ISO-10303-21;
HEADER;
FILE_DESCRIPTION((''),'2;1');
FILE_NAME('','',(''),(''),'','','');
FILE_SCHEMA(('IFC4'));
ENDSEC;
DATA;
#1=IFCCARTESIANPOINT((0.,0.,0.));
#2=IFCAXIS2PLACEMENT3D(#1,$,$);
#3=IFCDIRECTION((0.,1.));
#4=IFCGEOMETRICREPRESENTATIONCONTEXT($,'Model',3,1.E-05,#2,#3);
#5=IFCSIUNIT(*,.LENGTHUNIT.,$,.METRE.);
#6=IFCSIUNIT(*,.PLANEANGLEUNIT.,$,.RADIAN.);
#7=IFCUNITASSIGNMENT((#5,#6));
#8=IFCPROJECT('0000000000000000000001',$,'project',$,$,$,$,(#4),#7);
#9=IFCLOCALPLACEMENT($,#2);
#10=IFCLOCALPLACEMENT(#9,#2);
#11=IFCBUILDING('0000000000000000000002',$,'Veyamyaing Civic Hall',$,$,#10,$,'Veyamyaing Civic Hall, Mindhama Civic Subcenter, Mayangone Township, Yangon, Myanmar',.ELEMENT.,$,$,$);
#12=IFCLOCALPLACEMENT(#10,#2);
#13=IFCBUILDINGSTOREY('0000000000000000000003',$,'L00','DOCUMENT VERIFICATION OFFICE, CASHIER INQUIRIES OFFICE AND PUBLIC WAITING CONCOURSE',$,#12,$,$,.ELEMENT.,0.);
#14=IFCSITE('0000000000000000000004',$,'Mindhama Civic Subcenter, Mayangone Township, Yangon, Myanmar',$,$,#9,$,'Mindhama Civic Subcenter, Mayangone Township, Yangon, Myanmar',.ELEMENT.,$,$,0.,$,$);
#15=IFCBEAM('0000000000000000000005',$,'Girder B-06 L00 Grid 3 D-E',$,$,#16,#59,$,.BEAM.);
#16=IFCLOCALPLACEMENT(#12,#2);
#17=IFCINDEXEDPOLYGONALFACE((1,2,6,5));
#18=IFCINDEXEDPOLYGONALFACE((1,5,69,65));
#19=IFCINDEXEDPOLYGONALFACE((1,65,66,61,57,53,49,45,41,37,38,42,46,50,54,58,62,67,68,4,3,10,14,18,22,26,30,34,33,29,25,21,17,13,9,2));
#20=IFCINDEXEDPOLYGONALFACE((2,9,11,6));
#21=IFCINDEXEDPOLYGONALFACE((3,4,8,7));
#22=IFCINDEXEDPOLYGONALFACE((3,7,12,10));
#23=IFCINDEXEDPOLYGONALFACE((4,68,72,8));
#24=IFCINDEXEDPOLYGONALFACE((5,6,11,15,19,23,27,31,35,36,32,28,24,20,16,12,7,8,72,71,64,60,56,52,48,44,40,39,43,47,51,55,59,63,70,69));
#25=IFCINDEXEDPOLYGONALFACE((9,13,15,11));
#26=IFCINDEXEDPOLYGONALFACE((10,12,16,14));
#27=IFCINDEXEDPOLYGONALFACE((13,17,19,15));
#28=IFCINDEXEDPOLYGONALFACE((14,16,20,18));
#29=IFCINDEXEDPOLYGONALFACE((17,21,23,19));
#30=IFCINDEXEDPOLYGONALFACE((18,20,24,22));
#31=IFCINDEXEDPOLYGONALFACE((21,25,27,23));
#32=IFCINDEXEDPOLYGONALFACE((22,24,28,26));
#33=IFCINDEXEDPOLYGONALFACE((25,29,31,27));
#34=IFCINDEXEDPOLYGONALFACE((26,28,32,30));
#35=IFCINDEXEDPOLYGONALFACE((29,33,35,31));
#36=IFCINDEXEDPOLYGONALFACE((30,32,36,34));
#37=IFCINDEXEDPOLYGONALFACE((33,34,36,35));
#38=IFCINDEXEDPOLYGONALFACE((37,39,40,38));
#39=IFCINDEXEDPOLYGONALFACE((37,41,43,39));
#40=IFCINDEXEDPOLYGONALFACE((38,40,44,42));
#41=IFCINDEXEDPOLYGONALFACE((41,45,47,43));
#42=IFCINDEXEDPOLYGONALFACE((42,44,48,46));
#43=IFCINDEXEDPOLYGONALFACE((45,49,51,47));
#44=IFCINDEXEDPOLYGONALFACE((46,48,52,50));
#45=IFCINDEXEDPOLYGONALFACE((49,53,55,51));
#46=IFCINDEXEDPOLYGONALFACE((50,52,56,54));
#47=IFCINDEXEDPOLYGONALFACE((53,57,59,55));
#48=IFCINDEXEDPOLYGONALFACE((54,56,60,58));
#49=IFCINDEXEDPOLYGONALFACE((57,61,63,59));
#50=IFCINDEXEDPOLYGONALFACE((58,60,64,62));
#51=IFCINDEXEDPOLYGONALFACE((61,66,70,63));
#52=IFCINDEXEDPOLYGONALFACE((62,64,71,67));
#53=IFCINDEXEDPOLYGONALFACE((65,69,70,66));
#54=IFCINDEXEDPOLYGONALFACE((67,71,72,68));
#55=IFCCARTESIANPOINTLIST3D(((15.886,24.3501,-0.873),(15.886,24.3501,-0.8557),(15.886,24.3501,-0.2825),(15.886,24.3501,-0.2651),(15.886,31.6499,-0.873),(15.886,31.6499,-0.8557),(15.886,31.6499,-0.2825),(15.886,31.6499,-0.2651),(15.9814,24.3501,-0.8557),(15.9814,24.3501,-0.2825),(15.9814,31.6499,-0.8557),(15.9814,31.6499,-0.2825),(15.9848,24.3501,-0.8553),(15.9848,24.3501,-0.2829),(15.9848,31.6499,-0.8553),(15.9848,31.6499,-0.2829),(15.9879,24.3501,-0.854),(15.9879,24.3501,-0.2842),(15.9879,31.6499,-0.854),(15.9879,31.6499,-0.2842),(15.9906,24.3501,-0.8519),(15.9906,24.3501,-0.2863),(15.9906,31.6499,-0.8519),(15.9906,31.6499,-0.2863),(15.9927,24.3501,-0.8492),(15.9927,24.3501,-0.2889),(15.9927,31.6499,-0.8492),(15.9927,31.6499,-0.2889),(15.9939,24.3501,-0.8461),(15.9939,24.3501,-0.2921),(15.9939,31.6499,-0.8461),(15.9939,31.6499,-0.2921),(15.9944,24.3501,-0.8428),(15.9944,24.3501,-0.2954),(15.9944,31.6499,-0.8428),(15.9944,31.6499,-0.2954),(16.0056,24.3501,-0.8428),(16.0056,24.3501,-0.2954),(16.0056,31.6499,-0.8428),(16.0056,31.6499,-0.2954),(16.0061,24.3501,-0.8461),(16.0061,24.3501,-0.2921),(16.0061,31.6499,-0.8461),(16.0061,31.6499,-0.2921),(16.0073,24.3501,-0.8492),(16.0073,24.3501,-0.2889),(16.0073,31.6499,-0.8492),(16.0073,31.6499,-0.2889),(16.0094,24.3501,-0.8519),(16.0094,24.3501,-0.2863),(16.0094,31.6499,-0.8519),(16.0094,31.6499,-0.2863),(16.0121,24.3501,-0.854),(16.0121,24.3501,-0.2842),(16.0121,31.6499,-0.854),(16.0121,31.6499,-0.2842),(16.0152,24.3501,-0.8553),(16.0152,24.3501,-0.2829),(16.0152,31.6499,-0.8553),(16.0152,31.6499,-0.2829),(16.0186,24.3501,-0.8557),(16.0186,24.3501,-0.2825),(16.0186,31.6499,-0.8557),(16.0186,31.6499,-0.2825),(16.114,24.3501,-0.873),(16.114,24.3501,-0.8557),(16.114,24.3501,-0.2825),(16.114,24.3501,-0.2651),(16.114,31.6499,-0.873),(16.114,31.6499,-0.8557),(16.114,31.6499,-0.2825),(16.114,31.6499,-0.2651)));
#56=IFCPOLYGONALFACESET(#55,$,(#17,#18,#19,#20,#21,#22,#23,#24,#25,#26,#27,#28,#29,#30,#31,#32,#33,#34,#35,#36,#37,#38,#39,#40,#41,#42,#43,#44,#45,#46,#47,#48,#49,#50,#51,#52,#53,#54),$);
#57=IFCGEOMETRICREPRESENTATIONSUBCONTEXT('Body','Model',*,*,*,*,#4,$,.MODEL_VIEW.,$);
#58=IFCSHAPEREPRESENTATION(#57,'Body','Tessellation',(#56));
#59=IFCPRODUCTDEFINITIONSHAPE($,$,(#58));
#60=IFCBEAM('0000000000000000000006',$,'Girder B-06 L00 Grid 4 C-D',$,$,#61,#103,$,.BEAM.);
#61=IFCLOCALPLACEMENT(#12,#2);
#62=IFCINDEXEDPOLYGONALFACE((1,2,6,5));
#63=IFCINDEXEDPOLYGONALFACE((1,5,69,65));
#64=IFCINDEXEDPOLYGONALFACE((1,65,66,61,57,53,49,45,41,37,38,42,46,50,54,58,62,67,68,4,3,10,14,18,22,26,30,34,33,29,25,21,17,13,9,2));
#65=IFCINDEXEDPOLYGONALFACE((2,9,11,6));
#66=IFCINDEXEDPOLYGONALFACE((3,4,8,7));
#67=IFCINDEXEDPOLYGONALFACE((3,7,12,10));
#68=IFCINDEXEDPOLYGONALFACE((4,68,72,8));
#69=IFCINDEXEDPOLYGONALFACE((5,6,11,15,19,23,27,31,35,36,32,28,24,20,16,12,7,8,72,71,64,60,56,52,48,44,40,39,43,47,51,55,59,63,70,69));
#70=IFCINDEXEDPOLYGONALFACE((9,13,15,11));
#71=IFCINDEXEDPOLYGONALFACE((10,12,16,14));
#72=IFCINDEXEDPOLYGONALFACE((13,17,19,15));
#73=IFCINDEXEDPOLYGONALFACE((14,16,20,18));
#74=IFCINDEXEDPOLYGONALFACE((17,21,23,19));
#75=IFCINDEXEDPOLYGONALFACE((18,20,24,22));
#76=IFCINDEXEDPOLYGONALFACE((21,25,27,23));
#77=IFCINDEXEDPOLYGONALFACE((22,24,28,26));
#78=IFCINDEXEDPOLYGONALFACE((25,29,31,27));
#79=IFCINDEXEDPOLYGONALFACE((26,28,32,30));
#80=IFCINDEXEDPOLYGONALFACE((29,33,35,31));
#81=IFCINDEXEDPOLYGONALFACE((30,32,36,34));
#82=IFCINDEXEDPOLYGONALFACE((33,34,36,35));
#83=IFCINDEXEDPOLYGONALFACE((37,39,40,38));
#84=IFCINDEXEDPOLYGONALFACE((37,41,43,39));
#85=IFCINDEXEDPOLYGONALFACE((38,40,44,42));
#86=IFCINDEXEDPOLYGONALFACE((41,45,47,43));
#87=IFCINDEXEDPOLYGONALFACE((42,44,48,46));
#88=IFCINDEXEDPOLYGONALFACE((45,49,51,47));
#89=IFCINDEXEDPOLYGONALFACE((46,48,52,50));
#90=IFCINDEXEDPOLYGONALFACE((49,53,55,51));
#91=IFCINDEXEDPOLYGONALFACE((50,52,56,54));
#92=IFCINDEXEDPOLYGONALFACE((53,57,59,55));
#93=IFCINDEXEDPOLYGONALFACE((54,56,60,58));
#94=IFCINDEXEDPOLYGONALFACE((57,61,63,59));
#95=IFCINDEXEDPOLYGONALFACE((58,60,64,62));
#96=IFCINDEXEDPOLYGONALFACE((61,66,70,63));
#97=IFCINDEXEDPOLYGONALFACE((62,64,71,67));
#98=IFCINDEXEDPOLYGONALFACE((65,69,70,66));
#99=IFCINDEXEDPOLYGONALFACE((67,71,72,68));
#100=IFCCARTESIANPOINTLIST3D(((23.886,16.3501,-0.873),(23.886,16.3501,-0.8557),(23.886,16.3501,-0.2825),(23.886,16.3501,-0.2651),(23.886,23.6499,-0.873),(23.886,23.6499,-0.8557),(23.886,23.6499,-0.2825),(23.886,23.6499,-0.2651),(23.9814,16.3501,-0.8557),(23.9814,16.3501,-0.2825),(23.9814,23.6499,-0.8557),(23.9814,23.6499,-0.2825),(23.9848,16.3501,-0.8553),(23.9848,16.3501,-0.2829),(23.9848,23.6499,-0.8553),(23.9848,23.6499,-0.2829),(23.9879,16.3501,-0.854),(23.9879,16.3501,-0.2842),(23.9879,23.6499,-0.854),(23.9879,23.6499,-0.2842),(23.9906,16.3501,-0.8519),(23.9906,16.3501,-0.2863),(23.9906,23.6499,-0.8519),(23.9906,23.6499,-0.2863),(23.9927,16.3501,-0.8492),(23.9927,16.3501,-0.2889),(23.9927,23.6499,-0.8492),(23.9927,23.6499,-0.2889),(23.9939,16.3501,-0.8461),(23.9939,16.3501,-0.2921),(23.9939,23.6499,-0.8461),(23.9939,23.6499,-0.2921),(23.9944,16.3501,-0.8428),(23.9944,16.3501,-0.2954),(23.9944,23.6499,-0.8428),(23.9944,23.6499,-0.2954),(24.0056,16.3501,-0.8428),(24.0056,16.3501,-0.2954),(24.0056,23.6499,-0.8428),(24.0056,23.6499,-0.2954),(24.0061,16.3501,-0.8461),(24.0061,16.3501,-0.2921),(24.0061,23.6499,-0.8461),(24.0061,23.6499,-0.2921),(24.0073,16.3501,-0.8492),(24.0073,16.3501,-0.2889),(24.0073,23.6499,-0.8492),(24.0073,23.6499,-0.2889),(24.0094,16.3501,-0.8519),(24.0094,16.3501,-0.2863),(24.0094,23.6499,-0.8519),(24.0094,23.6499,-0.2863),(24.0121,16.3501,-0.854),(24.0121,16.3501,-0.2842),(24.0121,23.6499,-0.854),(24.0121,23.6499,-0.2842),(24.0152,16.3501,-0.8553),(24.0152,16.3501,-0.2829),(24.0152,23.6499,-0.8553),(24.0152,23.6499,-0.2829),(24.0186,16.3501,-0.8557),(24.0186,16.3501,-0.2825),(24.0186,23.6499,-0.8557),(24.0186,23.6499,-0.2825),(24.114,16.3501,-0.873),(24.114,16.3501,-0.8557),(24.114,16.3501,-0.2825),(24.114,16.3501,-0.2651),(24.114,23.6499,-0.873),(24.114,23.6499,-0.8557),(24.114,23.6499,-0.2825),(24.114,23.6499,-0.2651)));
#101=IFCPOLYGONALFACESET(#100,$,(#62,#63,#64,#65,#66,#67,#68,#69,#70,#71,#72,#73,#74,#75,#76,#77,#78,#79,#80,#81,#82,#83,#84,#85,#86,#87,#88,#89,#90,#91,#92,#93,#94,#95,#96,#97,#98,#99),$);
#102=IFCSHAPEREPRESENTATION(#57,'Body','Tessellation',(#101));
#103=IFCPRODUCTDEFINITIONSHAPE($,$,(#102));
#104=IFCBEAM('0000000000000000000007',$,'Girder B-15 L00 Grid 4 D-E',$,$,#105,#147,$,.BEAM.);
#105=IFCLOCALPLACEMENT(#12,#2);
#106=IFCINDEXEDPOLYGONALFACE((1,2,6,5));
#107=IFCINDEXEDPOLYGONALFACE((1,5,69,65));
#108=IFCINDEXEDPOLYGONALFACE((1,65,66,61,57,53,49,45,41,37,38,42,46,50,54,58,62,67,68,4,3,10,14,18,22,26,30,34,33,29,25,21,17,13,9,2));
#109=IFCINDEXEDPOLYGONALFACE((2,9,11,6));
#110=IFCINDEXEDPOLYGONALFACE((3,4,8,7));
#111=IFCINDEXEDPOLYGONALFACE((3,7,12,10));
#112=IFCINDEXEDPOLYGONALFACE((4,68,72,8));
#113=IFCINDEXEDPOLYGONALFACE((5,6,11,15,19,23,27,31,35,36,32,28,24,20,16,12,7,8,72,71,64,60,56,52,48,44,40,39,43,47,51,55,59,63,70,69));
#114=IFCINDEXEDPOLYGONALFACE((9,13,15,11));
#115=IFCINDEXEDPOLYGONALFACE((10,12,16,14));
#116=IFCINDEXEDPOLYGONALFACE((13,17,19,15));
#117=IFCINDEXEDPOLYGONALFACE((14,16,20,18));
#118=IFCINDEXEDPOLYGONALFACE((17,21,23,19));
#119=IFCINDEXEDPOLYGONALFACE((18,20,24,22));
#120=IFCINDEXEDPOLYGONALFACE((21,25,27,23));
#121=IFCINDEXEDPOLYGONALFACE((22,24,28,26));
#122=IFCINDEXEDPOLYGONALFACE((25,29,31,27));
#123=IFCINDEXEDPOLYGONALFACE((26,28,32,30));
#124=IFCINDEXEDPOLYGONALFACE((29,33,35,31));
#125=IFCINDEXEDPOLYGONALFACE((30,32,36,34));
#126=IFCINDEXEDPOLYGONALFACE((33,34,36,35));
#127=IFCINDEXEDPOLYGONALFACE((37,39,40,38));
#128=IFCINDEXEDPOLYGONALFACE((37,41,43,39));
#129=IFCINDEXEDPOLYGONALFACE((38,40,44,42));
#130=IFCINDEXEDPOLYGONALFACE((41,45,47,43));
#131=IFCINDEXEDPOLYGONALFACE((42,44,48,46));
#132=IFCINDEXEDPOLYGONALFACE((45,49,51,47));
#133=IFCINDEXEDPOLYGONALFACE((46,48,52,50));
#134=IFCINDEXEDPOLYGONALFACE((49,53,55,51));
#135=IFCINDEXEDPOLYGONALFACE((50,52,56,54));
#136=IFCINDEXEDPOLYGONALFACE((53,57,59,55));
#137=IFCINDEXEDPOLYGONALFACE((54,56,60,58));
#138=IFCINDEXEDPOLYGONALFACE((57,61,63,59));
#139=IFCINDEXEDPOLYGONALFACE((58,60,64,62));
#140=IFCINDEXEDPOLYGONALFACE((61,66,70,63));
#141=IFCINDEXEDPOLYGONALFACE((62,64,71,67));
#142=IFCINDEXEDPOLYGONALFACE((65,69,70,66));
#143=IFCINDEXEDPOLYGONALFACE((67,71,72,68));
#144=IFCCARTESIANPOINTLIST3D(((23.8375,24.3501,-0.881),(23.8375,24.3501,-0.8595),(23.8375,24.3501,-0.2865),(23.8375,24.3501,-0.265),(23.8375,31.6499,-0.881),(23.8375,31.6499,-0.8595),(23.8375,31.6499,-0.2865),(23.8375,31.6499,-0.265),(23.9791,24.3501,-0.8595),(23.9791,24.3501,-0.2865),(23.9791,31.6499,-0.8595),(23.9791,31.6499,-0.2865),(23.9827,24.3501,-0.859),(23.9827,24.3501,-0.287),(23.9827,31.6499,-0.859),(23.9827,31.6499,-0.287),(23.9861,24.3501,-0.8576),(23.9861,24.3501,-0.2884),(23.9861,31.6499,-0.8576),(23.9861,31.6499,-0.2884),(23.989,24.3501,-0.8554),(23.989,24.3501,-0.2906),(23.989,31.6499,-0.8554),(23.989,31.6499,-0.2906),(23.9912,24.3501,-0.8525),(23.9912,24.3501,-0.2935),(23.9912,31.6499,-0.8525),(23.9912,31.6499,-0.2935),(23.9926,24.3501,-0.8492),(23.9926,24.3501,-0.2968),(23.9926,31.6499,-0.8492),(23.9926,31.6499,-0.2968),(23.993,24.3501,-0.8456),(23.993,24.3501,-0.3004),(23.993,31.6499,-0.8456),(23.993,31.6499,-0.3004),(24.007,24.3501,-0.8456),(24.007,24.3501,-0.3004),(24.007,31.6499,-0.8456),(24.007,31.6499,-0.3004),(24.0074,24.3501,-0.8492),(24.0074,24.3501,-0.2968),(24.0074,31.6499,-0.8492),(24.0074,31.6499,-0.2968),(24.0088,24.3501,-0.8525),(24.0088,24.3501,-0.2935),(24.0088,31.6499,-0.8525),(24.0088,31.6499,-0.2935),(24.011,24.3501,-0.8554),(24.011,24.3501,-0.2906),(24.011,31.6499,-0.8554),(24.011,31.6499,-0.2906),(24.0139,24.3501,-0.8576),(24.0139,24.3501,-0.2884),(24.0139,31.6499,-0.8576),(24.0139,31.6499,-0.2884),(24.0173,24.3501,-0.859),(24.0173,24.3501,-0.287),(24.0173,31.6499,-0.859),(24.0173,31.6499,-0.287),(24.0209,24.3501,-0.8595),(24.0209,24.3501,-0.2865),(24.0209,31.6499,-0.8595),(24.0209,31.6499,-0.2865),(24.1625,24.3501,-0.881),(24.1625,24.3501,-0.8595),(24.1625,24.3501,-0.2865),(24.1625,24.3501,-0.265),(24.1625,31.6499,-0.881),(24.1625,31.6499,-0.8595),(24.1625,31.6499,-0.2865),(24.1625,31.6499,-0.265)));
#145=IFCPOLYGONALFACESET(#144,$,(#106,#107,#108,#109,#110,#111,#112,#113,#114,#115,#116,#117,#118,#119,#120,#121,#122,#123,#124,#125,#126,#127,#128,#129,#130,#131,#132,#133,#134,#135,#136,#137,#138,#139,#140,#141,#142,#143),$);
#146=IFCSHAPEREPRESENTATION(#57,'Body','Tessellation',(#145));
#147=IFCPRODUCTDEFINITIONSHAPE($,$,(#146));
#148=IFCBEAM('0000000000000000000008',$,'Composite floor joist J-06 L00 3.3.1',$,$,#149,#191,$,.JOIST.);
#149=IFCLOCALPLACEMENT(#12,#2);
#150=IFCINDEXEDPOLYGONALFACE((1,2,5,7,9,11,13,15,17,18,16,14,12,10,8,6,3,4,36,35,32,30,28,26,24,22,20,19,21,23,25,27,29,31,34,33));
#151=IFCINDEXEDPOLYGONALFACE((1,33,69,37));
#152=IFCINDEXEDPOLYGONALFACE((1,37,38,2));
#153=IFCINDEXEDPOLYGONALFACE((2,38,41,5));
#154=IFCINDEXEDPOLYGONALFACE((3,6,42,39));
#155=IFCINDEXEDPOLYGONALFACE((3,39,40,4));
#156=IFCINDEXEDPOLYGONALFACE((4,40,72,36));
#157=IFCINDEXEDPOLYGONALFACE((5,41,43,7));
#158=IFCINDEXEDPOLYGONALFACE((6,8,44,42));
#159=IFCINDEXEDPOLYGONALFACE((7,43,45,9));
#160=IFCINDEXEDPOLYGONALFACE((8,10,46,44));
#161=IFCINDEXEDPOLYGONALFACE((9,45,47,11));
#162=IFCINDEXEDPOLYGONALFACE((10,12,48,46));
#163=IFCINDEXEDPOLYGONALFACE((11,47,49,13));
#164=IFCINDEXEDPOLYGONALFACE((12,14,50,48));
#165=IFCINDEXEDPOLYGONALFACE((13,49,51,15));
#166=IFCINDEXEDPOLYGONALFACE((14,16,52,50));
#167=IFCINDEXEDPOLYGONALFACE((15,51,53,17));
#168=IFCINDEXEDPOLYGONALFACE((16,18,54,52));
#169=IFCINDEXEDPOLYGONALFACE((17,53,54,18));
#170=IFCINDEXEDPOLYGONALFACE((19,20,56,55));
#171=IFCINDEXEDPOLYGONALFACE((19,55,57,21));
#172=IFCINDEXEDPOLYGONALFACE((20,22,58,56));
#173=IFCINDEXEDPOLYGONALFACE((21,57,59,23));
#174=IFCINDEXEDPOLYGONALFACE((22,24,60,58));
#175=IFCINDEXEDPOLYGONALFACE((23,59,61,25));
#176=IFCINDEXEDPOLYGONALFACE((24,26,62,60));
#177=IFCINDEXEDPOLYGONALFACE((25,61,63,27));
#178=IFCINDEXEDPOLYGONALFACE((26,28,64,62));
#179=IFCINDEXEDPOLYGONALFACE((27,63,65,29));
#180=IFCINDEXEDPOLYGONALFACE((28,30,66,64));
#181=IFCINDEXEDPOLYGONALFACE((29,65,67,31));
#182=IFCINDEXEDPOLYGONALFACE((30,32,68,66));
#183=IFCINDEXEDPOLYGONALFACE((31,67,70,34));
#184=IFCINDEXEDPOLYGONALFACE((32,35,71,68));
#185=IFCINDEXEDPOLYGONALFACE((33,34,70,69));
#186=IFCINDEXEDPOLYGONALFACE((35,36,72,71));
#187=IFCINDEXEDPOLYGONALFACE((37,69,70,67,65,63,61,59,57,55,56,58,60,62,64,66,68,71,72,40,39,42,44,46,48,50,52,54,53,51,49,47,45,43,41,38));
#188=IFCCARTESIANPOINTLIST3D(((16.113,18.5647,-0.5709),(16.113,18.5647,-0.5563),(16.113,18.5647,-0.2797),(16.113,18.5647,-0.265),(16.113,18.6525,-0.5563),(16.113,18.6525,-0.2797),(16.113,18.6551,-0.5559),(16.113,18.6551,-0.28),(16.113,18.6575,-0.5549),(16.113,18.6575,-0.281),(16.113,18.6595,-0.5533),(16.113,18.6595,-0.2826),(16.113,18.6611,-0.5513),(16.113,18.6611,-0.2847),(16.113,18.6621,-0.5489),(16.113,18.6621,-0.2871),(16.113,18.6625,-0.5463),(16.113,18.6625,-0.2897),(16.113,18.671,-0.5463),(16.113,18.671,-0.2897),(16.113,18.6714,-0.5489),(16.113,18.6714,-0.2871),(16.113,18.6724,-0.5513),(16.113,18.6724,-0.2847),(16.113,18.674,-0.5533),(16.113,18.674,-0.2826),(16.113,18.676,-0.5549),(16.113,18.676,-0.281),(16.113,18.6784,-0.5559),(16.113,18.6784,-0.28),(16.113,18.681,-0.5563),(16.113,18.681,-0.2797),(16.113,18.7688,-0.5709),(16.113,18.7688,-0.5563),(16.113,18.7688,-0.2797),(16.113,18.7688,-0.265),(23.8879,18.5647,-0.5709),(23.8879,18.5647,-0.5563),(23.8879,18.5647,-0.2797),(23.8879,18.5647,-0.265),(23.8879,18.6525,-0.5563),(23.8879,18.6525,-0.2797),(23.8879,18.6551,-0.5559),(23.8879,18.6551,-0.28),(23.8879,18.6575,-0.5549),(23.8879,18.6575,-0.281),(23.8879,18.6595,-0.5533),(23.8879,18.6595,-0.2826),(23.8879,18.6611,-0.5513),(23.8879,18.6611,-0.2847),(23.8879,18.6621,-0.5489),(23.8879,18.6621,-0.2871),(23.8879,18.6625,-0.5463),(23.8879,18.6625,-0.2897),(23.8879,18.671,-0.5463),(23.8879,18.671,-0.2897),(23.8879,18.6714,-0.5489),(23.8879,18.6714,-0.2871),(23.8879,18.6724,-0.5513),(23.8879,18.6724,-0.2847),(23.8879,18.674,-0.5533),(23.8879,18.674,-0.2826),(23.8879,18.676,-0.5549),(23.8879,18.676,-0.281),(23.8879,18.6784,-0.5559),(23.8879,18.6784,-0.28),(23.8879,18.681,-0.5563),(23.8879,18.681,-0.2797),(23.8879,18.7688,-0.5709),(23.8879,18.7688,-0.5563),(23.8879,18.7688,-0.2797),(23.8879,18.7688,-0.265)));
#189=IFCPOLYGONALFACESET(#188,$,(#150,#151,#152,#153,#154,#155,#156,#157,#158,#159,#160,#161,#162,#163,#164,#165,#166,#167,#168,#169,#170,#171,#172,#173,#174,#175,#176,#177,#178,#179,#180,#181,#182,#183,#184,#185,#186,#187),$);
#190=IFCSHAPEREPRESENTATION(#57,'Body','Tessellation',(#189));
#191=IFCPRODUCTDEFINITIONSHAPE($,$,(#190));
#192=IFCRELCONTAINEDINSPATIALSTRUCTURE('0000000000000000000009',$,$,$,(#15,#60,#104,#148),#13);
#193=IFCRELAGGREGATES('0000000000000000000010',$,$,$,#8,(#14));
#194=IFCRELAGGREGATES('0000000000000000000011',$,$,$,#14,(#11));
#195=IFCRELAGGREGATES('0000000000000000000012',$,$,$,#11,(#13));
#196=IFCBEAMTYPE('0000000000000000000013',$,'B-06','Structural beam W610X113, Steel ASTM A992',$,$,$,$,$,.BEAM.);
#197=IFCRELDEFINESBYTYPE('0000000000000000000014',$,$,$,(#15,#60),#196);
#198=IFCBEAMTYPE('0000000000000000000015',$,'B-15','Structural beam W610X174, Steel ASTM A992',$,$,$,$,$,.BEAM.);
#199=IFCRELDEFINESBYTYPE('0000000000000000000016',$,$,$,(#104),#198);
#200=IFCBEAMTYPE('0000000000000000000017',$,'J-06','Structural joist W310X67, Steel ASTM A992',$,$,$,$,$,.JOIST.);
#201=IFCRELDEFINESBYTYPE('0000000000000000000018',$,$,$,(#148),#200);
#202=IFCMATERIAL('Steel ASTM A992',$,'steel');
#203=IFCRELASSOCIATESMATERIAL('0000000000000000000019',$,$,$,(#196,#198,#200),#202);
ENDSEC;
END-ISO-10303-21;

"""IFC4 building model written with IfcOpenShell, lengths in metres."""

from ifc_helpers import new_model, si_unit, direction, frame, origin, origin_2d, place, context, subcontext, project, spatial, i_section, extrude, material, material_profile, profile_set, type_object, element, save


model = new_model("IFC4")

# Units and contexts
model_context = context("Model", 3, precision=1e-05, world=origin(), true_north=direction((0.0, 1.0)))
body_context = subcontext(model_context, "Body", "Model", "MODEL_VIEW")
ifc_project = project(units=[si_unit("LENGTHUNIT", "METRE"), si_unit("PLANEANGLEUNIT", "RADIAN")], contexts=[model_context])

# Site, building, storey
site_placement = place(None, origin())
site = spatial("IfcSite", under=ifc_project, at=site_placement, Name="Mindhama Civic Subcenter, Mayangone Township, Yangon, Myanmar", LongName="Mindhama Civic Subcenter, Mayangone Township, Yangon, Myanmar", CompositionType="ELEMENT", RefElevation=0.0)
building_placement = place(site_placement, origin())
building = spatial("IfcBuilding", under=site, at=building_placement, Name="Veyamyaing Civic Hall", LongName="Veyamyaing Civic Hall, Mindhama Civic Subcenter, Mayangone Township, Yangon, Myanmar", CompositionType="ELEMENT")
storey_placement = place(building_placement, origin())
storey = spatial("IfcBuildingStorey", under=building, at=storey_placement, Name="L00", Description="DOCUMENT VERIFICATION OFFICE, CASHIER INQUIRIES OFFICE AND PUBLIC WAITING CONCOURSE", CompositionType="ELEMENT", Elevation=0.0)

# Beams
ifc_material_1 = material(Name="Steel ASTM A992", Category="steel")
ifc_material_profile_1 = material_profile(ifc_material_1, i_section(OverallWidth=0.228, OverallDepth=0.6079, WebThickness=0.0112, FlangeThickness=0.0173, FilletRadius=0.0129, at=origin_2d()), Name="W610X113")
ifc_profile_set_1 = profile_set([ifc_material_profile_1], Name="Steel ASTM A992")
beam_type_1 = type_object("IfcBeamType", Name="B-06", Description="Structural beam W610X113, Steel ASTM A992", PredefinedType="BEAM", material=ifc_profile_set_1)
for number, where, z_axis, x_axis, name in (
    (1, (16.0, 24.3501, -0.5691), (0.0, 1.0, 0.0), (-1.0, 0.0, 0.0), "Girder B-06 L00 Grid 3 D-E"),
    (2, (24.0, 16.3501, -0.5691), (0.0, 1.0, 0.0), (-1.0, 0.0, 0.0), "Girder B-06 L00 Grid 4 C-D"),
):
    element("IfcBeam", number, at=place(storey_placement, frame(where, z_axis=z_axis, x_axis=x_axis)), inside=storey, type_object=beam_type_1, Name=name, PredefinedType="BEAM", context=body_context, shape_type="SweptSolid", body=[
        extrude(i_section(OverallWidth=0.228, OverallDepth=0.6079, WebThickness=0.0112, FlangeThickness=0.0173, FilletRadius=0.0129, at=origin_2d()), origin(), (0.0, 0.0, 1.0), 7.2998),
    ])
ifc_material_profile_2 = material_profile(ifc_material_1, i_section(OverallWidth=0.325, OverallDepth=0.616, WebThickness=0.0139, FlangeThickness=0.0215, FilletRadius=0.0139, at=origin_2d()), Name="W610X174")
ifc_profile_set_2 = profile_set([ifc_material_profile_2], Name="Steel ASTM A992")
beam_type_2 = type_object("IfcBeamType", Name="B-15", Description="Structural beam W610X174, Steel ASTM A992", PredefinedType="BEAM", material=ifc_profile_set_2)
beam_1_placement = place(storey_placement, frame((24.0, 24.3501, -0.573), z_axis=(0.0, 1.0, 0.0), x_axis=(-1.0, 0.0, 0.0)))
element("IfcBeam", 3, at=beam_1_placement, inside=storey, type_object=beam_type_2, Name="Girder B-15 L00 Grid 4 D-E", PredefinedType="BEAM", context=body_context, shape_type="SweptSolid", body=[
    extrude(i_section(OverallWidth=0.325, OverallDepth=0.616, WebThickness=0.0139, FlangeThickness=0.0215, FilletRadius=0.0139, at=origin_2d()), origin(), (0.0, 0.0, 1.0), 7.2998),
])
ifc_material_profile_3 = material_profile(ifc_material_1, i_section(OverallWidth=0.2041, OverallDepth=0.3059, WebThickness=0.0085, FlangeThickness=0.0146, FilletRadius=0.01, at=origin_2d()), Name="W310X67")
ifc_profile_set_3 = profile_set([ifc_material_profile_3], Name="Steel ASTM A992")
beam_type_3 = type_object("IfcBeamType", Name="J-06", Description="Structural joist W310X67, Steel ASTM A992", PredefinedType="JOIST", material=ifc_profile_set_3)
for number, where, z_axis, x_axis, name in (
    (4, (16.113, 18.6667, -0.418), (1.0, 0.0, 0.0), (0.0, 1.0, 0.0), "Composite floor joist J-06 L00 3.3.1"),
):
    element("IfcBeam", number, at=place(storey_placement, frame(where, z_axis=z_axis, x_axis=x_axis)), inside=storey, type_object=beam_type_3, Name=name, PredefinedType="JOIST", context=body_context, shape_type="SweptSolid", body=[
        extrude(i_section(OverallWidth=0.2041, OverallDepth=0.3059, WebThickness=0.0085, FlangeThickness=0.0146, FilletRadius=0.01, at=origin_2d()), origin(), (0.0, 0.0, 1.0), 7.7749),
    ])

save(model, "model.ifc")
